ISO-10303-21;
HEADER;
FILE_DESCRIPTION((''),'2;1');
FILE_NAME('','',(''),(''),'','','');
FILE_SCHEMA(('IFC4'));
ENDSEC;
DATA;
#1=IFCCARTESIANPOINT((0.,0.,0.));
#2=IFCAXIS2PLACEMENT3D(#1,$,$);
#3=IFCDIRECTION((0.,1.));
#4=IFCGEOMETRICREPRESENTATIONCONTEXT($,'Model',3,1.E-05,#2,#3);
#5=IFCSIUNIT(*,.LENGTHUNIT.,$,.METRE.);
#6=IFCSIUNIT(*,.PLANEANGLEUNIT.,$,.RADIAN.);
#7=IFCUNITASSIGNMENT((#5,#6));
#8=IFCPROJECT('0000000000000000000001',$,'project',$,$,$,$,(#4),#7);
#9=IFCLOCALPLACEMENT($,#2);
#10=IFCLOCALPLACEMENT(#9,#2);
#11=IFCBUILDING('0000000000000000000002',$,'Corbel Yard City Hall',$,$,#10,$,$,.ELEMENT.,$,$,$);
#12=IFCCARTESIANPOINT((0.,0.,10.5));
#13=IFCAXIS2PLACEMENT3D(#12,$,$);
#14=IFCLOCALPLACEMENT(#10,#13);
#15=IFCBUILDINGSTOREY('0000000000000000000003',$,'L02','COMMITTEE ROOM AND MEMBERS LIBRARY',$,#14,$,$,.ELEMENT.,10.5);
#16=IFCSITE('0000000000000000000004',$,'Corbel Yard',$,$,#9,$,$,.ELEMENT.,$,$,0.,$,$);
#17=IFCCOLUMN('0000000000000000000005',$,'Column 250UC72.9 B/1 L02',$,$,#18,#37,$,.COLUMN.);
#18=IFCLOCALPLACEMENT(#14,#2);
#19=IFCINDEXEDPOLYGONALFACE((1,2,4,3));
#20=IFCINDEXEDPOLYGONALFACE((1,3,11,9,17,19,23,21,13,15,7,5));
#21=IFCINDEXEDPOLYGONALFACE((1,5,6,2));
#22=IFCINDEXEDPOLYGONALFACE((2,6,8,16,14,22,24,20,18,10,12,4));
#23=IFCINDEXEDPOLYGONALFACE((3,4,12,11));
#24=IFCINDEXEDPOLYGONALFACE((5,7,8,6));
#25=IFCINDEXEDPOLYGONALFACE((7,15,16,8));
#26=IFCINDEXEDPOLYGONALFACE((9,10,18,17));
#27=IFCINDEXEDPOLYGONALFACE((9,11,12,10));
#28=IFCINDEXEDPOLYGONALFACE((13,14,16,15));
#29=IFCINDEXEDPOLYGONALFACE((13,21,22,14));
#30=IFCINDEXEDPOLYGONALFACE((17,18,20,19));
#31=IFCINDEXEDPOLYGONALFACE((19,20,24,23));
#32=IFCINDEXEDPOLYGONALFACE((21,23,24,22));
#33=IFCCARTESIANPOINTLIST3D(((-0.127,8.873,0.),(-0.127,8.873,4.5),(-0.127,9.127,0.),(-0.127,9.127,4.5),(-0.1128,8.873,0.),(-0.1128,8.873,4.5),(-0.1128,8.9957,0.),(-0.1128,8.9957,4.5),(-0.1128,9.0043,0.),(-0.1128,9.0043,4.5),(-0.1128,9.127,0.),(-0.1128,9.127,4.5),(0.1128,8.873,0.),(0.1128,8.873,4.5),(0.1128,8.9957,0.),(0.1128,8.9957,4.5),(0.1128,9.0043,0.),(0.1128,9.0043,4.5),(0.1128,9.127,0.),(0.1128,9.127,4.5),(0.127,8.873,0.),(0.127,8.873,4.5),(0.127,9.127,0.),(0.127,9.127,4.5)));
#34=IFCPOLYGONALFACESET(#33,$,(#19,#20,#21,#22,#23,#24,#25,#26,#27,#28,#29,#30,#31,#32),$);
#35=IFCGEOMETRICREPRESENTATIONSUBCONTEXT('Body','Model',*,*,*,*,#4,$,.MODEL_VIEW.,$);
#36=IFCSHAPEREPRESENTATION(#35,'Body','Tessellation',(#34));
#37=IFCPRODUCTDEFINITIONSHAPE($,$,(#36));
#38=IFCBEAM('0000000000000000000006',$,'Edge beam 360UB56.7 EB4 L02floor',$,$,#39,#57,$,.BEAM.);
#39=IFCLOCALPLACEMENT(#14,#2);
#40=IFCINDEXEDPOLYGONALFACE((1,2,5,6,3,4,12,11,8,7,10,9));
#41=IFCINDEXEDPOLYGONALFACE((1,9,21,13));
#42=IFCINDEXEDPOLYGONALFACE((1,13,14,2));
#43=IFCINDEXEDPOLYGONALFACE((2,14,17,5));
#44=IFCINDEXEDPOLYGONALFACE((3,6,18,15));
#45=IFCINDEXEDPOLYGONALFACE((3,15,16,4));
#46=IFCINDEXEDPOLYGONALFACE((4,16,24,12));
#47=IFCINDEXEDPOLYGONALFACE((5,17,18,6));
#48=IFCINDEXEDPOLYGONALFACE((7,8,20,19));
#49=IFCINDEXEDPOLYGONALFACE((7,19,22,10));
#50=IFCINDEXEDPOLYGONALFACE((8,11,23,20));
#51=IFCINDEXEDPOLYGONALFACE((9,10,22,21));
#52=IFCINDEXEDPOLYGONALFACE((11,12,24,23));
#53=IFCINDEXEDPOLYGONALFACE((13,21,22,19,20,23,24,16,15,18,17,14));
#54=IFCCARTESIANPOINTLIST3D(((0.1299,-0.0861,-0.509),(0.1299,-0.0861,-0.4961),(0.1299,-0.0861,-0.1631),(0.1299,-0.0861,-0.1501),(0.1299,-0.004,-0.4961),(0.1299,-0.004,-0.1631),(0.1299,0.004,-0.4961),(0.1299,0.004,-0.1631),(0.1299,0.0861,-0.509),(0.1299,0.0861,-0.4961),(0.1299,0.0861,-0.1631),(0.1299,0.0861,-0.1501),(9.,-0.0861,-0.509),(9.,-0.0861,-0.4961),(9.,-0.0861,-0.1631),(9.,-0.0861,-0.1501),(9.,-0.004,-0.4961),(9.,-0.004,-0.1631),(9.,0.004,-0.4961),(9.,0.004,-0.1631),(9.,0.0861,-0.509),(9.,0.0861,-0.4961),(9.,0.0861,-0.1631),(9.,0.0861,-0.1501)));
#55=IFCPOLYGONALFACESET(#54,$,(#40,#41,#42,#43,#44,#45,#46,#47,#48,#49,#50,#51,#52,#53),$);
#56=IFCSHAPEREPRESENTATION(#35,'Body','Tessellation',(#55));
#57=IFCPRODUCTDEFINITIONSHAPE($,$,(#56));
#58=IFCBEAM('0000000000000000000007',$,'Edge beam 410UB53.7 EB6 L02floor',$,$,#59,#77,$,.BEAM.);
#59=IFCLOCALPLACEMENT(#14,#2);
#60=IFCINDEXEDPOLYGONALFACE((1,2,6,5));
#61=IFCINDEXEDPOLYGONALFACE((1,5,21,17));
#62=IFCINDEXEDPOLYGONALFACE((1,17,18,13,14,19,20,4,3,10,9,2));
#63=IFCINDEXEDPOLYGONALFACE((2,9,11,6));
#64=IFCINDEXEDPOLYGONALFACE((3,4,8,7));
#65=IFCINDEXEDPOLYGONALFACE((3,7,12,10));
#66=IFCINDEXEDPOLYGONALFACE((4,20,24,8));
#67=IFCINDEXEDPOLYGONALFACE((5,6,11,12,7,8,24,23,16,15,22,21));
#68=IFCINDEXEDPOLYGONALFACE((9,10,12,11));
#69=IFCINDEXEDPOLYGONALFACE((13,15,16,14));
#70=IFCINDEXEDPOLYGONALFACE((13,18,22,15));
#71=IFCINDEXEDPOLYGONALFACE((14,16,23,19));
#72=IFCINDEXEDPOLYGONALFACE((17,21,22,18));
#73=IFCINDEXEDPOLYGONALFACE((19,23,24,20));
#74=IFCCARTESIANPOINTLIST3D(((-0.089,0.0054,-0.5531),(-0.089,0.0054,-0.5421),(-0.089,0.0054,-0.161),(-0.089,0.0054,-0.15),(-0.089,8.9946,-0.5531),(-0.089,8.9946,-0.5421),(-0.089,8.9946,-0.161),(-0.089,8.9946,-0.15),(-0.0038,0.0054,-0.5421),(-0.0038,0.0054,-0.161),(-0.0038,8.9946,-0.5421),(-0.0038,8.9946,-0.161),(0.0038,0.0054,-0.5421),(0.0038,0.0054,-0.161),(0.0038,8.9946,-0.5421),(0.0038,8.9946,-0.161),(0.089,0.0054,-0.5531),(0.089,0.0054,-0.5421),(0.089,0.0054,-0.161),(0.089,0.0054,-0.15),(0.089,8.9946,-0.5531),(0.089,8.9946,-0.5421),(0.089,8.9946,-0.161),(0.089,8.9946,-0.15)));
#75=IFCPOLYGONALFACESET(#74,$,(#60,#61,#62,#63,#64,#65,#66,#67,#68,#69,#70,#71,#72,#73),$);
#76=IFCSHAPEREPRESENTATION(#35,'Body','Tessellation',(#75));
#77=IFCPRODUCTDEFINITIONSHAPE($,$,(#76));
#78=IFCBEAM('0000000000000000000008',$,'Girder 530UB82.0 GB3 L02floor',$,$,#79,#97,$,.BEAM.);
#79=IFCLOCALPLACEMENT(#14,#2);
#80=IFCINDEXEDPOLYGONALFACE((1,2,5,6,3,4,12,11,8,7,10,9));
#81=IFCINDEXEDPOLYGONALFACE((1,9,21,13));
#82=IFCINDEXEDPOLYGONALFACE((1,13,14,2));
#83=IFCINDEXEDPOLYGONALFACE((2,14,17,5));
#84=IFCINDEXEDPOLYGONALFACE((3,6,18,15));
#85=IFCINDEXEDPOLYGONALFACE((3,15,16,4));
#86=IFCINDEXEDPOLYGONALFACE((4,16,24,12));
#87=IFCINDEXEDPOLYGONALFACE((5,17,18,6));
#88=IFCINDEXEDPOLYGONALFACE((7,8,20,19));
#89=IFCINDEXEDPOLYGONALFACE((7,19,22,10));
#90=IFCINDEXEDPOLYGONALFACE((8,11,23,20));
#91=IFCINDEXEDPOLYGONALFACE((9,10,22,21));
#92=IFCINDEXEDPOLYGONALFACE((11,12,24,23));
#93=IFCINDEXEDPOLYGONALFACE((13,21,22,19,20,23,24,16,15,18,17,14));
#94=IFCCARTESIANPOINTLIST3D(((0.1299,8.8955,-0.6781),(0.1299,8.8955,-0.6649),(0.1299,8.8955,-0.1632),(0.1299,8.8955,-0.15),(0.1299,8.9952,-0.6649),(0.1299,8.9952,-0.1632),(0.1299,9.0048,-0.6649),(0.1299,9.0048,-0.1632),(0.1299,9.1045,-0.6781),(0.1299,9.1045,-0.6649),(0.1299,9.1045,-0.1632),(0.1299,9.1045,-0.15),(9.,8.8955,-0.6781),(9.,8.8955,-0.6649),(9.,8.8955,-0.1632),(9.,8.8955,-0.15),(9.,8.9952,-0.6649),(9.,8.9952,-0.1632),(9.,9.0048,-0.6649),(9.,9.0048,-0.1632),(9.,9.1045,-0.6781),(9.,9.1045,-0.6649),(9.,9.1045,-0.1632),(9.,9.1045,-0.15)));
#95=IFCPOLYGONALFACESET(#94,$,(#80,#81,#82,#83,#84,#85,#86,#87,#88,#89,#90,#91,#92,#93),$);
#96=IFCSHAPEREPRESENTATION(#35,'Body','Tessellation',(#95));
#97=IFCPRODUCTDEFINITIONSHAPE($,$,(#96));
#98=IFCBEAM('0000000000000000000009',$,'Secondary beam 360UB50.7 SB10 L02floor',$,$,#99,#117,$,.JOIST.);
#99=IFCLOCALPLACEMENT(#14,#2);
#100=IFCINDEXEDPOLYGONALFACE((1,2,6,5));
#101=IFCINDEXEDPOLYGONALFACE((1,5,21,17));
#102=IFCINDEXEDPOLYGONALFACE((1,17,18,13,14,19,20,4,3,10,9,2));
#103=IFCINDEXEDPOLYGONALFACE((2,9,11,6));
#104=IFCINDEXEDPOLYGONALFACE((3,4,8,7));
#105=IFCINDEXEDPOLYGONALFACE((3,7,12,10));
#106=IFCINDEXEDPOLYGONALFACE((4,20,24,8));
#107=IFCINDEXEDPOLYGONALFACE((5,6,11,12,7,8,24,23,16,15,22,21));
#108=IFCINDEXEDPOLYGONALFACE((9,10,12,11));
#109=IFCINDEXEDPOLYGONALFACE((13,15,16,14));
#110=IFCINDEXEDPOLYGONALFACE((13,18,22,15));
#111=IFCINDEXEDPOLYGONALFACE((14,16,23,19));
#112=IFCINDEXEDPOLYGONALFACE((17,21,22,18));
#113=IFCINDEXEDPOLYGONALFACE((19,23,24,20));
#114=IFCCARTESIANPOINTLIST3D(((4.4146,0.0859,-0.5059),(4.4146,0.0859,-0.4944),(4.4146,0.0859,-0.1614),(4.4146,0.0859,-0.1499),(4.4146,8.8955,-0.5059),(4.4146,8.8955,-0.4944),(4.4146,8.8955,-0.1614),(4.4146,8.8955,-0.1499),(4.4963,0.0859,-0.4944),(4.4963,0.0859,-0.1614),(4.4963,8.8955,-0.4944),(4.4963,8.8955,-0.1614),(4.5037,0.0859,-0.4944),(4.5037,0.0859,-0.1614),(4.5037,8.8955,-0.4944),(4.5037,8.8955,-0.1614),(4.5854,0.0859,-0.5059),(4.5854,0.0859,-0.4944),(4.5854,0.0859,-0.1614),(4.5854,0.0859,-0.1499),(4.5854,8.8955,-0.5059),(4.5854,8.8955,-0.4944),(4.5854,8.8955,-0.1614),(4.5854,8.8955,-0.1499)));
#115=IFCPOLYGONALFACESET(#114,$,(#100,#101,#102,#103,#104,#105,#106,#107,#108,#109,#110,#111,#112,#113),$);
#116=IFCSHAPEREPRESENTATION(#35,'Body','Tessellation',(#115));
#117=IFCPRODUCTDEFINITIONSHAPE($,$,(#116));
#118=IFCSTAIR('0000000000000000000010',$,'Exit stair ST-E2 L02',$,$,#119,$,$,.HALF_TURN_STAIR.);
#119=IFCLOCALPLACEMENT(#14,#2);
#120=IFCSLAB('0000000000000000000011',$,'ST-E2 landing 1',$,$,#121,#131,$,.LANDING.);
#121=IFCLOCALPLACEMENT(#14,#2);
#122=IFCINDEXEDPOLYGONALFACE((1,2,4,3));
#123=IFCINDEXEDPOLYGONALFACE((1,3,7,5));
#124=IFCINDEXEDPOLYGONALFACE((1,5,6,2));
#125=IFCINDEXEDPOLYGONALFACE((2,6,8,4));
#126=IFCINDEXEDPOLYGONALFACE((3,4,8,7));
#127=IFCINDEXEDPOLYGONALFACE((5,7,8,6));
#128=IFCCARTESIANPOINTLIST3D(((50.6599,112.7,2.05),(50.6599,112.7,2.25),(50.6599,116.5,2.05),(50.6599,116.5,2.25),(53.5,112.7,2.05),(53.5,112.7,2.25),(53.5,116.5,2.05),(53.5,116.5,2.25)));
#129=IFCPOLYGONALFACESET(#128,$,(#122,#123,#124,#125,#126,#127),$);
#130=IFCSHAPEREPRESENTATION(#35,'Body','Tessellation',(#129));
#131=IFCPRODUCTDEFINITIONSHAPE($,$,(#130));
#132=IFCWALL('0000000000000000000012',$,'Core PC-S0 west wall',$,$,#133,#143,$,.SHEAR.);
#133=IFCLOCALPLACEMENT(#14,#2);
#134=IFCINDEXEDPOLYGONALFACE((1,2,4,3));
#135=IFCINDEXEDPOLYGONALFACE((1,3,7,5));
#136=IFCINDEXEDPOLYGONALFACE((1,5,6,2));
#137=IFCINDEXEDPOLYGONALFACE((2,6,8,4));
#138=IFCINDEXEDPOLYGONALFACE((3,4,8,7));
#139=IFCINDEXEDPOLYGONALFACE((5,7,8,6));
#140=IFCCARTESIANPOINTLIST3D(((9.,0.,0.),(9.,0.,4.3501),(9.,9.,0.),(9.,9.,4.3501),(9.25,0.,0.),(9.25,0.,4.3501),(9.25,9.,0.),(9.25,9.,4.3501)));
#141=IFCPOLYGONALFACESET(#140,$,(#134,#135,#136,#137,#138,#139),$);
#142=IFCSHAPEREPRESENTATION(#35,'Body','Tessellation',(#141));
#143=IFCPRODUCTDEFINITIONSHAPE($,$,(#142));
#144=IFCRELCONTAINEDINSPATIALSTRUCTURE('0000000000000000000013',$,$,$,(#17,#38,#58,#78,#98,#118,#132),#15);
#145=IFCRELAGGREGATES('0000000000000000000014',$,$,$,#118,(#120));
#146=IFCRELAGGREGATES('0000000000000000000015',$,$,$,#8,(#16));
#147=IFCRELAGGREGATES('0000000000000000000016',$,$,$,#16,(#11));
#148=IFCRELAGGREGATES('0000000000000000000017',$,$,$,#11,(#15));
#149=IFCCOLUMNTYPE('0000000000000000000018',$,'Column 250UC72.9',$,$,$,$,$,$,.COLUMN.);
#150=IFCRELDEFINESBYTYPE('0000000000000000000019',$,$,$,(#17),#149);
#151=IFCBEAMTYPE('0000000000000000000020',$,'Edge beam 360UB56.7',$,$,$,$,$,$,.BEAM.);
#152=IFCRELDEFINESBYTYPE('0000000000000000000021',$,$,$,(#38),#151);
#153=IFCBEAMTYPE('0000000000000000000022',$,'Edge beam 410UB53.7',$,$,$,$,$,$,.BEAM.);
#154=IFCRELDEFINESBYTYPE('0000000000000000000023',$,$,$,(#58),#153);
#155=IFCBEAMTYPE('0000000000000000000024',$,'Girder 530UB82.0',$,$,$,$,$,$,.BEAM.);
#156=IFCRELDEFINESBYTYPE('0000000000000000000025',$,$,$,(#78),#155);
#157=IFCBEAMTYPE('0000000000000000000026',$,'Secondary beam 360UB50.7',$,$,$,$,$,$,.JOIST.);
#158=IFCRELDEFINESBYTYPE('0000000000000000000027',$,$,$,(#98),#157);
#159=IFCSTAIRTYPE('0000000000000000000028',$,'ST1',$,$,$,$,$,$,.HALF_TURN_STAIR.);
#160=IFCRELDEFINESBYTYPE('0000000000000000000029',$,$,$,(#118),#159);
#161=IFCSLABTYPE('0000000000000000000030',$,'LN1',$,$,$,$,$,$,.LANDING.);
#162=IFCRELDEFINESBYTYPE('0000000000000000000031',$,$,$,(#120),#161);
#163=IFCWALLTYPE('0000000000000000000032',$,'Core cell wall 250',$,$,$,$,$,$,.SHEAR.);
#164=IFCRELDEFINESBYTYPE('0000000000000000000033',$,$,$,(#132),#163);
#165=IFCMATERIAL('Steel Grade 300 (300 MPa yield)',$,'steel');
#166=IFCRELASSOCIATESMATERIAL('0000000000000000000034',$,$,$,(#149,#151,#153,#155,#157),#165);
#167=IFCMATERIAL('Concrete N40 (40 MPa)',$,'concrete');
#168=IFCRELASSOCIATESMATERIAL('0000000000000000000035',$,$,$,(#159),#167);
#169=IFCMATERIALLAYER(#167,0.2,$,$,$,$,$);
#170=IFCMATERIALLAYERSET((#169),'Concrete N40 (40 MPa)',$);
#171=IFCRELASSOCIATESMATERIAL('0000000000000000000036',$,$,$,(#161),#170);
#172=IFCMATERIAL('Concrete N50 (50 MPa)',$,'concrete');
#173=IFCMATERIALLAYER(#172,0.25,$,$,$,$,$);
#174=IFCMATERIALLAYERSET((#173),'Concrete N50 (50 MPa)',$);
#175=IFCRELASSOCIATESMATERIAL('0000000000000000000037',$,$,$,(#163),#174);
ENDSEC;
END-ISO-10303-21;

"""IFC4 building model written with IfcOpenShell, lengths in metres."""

from ifc_helpers import new_model, si_unit, direction, frame, frame_2d, origin, origin_2d, place, context, subcontext, project, spatial, polyline, rectangle, i_section, outline, extrude, material, layer, layer_set, material_profile, profile_set, type_object, element, aggregate, save


model = new_model("IFC4")

# Units and contexts
model_context = context("Model", 3, precision=1e-05, world=origin(), true_north=direction((0.0, 1.0)))
body_context = subcontext(model_context, "Body", "Model", "MODEL_VIEW")
ifc_project = project(units=[si_unit("LENGTHUNIT", "METRE"), si_unit("PLANEANGLEUNIT", "RADIAN")], contexts=[model_context])

# Site, building, storey
site_placement = place(None, origin())
site = spatial("IfcSite", under=ifc_project, at=site_placement, Name="Corbel Yard", CompositionType="ELEMENT", RefElevation=0.0)
building_placement = place(site_placement, origin())
building = spatial("IfcBuilding", under=site, at=building_placement, Name="Corbel Yard City Hall", CompositionType="ELEMENT")
storey_placement = place(building_placement, frame((0.0, 0.0, 10.5)))
storey = spatial("IfcBuildingStorey", under=building, at=storey_placement, Name="L02", Description="COMMITTEE ROOM AND MEMBERS LIBRARY", CompositionType="ELEMENT", Elevation=10.5)

# Column
ifc_material_1 = material(Name="Steel Grade 300 (300 MPa yield)", Category="steel")
ifc_material_profile_1 = material_profile(ifc_material_1, i_section(OverallWidth=0.2539, OverallDepth=0.2539, WebThickness=0.0085, FlangeThickness=0.0142, at=origin_2d()), Name="250UC72.9")
ifc_profile_set_1 = profile_set([ifc_material_profile_1], Name="Steel Grade 300 (300 MPa yield)")
column_type = type_object("IfcColumnType", Name="Column 250UC72.9", PredefinedType="COLUMN", material=ifc_profile_set_1)
column_placement = place(storey_placement, frame((0.0, 9.0, 0.0), z_axis=(0.0, 0.0, 1.0), x_axis=(0.0, 1.0, 0.0)))
element("IfcColumn", 1, at=column_placement, inside=storey, type_object=column_type, Name="Column 250UC72.9 B/1 L02", PredefinedType="COLUMN", context=body_context, shape_type="SweptSolid", body=[
    extrude(i_section(OverallWidth=0.2539, OverallDepth=0.2539, WebThickness=0.0085, FlangeThickness=0.0142, at=origin_2d()), origin(), (0.0, 0.0, 1.0), 4.5),
])

# Beams
ifc_material_profile_2 = material_profile(ifc_material_1, i_section(OverallWidth=0.1721, OverallDepth=0.3589, WebThickness=0.0081, FlangeThickness=0.0129, at=origin_2d()), Name="360UB56.7")
ifc_profile_set_2 = profile_set([ifc_material_profile_2], Name="Steel Grade 300 (300 MPa yield)")
beam_type_1 = type_object("IfcBeamType", Name="Edge beam 360UB56.7", PredefinedType="BEAM", material=ifc_profile_set_2)
beam_1_placement = place(storey_placement, frame((0.1299, 0.0, -0.3296), z_axis=(1.0, 0.0, 0.0), x_axis=(0.0, 1.0, 0.0)))
element("IfcBeam", 2, at=beam_1_placement, inside=storey, type_object=beam_type_1, Name="Edge beam 360UB56.7 EB4 L02floor", PredefinedType="BEAM", context=body_context, shape_type="SweptSolid", body=[
    extrude(i_section(OverallWidth=0.1721, OverallDepth=0.3589, WebThickness=0.0081, FlangeThickness=0.0129, at=origin_2d()), origin(), (0.0, 0.0, 1.0), 8.8701),
])
ifc_material_profile_3 = material_profile(ifc_material_1, i_section(OverallWidth=0.178, OverallDepth=0.4031, WebThickness=0.0076, FlangeThickness=0.011, at=origin_2d()), Name="410UB53.7")
ifc_profile_set_3 = profile_set([ifc_material_profile_3], Name="Steel Grade 300 (300 MPa yield)")
beam_type_2 = type_object("IfcBeamType", Name="Edge beam 410UB53.7", PredefinedType="BEAM", material=ifc_profile_set_3)
beam_2_placement = place(storey_placement, frame((0.0, 0.0054, -0.3516), z_axis=(0.0, 1.0, 0.0), x_axis=(-1.0, 0.0, 0.0)))
element("IfcBeam", 3, at=beam_2_placement, inside=storey, type_object=beam_type_2, Name="Edge beam 410UB53.7 EB6 L02floor", PredefinedType="BEAM", context=body_context, shape_type="SweptSolid", body=[
    extrude(i_section(OverallWidth=0.178, OverallDepth=0.4031, WebThickness=0.0076, FlangeThickness=0.011, at=origin_2d()), origin(), (0.0, 0.0, 1.0), 8.9893),
])
ifc_material_profile_4 = material_profile(ifc_material_1, i_section(OverallWidth=0.209, OverallDepth=0.5281, WebThickness=0.0095, FlangeThickness=0.0132, at=origin_2d()), Name="530UB82.0")
ifc_profile_set_4 = profile_set([ifc_material_profile_4], Name="Steel Grade 300 (300 MPa yield)")
beam_type_3 = type_object("IfcBeamType", Name="Girder 530UB82.0", PredefinedType="BEAM", material=ifc_profile_set_4)
beam_3_placement = place(storey_placement, frame((0.1299, 9.0, -0.4141), z_axis=(1.0, 0.0, 0.0), x_axis=(0.0, 1.0, 0.0)))
element("IfcBeam", 4, at=beam_3_placement, inside=storey, type_object=beam_type_3, Name="Girder 530UB82.0 GB3 L02floor", PredefinedType="BEAM", context=body_context, shape_type="SweptSolid", body=[
    extrude(i_section(OverallWidth=0.209, OverallDepth=0.5281, WebThickness=0.0095, FlangeThickness=0.0132, at=origin_2d()), origin(), (0.0, 0.0, 1.0), 8.8701),
])
ifc_material_profile_5 = material_profile(ifc_material_1, i_section(OverallWidth=0.1709, OverallDepth=0.356, WebThickness=0.0073, FlangeThickness=0.0115, at=origin_2d()), Name="360UB50.7")
ifc_profile_set_5 = profile_set([ifc_material_profile_5], Name="Steel Grade 300 (300 MPa yield)")
beam_type_4 = type_object("IfcBeamType", Name="Secondary beam 360UB50.7", PredefinedType="JOIST", material=ifc_profile_set_5)
beam_4_placement = place(storey_placement, frame((4.5, 0.0859, -0.3279), z_axis=(0.0, 1.0, 0.0), x_axis=(-1.0, 0.0, 0.0)))
element("IfcBeam", 5, at=beam_4_placement, inside=storey, type_object=beam_type_4, Name="Secondary beam 360UB50.7 SB10 L02floor", PredefinedType="JOIST", context=body_context, shape_type="SweptSolid", body=[
    extrude(i_section(OverallWidth=0.1709, OverallDepth=0.356, WebThickness=0.0073, FlangeThickness=0.0115, at=origin_2d()), origin(), (0.0, 0.0, 1.0), 8.8096),
])

# Stair, slab
ifc_material_2 = material(Name="Concrete N40 (40 MPa)", Category="concrete")
stair_type = type_object("IfcStairType", Name="ST1", PredefinedType="HALF_TURN_STAIR", material=ifc_material_2)
stair_placement = place(storey_placement, origin())
stair = element("IfcStair", 6, at=stair_placement, inside=storey, type_object=stair_type, Name="Exit stair ST-E2 L02", PredefinedType="HALF_TURN_STAIR")
ifc_layer_1 = layer(ifc_material_2, 0.2)
ifc_layer_set_1 = layer_set([ifc_layer_1], Name="Concrete N40 (40 MPa)")
slab_type = type_object("IfcSlabType", Name="LN1", PredefinedType="LANDING", material=ifc_layer_set_1)
slab_placement = place(storey_placement, frame((0.0, 0.0, 2.05)))
slab = element("IfcSlab", 7, at=slab_placement, type_object=slab_type, Name="ST-E2 landing 1", PredefinedType="LANDING", context=body_context, shape_type="SweptSolid", body=[
    extrude(outline(polyline([(50.6599, 112.7), (53.5, 112.7), (53.5, 116.5), (50.6599, 116.5), (50.6599, 112.7)])), origin(), (0.0, 0.0, 1.0), 0.2),
])
aggregate(stair, [slab])

# Wall
ifc_material_3 = material(Name="Concrete N50 (50 MPa)", Category="concrete")
ifc_layer_2 = layer(ifc_material_3, 0.25)
ifc_layer_set_2 = layer_set([ifc_layer_2], Name="Concrete N50 (50 MPa)")
wall_type_1 = type_object("IfcWallType", Name="Core cell wall 250", PredefinedType="SHEAR", material=ifc_layer_set_2)
wall_1_placement = place(storey_placement, frame((9.125, 0.0, 0.0), z_axis=(0.0, 0.0, 1.0), x_axis=(0.0, 1.0, 0.0)))
element("IfcWall", 8, at=wall_1_placement, inside=storey, type_object=wall_type_1, Name="Core PC-S0 west wall", PredefinedType="SHEAR", context=body_context, shape_type="SweptSolid", body=[
    extrude(rectangle(XDim=9.0, YDim=0.25, at=frame_2d((4.5, 0.0))), origin(), (0.0, 0.0, 1.0), 4.3501),
])

save(model, "model.ifc")
